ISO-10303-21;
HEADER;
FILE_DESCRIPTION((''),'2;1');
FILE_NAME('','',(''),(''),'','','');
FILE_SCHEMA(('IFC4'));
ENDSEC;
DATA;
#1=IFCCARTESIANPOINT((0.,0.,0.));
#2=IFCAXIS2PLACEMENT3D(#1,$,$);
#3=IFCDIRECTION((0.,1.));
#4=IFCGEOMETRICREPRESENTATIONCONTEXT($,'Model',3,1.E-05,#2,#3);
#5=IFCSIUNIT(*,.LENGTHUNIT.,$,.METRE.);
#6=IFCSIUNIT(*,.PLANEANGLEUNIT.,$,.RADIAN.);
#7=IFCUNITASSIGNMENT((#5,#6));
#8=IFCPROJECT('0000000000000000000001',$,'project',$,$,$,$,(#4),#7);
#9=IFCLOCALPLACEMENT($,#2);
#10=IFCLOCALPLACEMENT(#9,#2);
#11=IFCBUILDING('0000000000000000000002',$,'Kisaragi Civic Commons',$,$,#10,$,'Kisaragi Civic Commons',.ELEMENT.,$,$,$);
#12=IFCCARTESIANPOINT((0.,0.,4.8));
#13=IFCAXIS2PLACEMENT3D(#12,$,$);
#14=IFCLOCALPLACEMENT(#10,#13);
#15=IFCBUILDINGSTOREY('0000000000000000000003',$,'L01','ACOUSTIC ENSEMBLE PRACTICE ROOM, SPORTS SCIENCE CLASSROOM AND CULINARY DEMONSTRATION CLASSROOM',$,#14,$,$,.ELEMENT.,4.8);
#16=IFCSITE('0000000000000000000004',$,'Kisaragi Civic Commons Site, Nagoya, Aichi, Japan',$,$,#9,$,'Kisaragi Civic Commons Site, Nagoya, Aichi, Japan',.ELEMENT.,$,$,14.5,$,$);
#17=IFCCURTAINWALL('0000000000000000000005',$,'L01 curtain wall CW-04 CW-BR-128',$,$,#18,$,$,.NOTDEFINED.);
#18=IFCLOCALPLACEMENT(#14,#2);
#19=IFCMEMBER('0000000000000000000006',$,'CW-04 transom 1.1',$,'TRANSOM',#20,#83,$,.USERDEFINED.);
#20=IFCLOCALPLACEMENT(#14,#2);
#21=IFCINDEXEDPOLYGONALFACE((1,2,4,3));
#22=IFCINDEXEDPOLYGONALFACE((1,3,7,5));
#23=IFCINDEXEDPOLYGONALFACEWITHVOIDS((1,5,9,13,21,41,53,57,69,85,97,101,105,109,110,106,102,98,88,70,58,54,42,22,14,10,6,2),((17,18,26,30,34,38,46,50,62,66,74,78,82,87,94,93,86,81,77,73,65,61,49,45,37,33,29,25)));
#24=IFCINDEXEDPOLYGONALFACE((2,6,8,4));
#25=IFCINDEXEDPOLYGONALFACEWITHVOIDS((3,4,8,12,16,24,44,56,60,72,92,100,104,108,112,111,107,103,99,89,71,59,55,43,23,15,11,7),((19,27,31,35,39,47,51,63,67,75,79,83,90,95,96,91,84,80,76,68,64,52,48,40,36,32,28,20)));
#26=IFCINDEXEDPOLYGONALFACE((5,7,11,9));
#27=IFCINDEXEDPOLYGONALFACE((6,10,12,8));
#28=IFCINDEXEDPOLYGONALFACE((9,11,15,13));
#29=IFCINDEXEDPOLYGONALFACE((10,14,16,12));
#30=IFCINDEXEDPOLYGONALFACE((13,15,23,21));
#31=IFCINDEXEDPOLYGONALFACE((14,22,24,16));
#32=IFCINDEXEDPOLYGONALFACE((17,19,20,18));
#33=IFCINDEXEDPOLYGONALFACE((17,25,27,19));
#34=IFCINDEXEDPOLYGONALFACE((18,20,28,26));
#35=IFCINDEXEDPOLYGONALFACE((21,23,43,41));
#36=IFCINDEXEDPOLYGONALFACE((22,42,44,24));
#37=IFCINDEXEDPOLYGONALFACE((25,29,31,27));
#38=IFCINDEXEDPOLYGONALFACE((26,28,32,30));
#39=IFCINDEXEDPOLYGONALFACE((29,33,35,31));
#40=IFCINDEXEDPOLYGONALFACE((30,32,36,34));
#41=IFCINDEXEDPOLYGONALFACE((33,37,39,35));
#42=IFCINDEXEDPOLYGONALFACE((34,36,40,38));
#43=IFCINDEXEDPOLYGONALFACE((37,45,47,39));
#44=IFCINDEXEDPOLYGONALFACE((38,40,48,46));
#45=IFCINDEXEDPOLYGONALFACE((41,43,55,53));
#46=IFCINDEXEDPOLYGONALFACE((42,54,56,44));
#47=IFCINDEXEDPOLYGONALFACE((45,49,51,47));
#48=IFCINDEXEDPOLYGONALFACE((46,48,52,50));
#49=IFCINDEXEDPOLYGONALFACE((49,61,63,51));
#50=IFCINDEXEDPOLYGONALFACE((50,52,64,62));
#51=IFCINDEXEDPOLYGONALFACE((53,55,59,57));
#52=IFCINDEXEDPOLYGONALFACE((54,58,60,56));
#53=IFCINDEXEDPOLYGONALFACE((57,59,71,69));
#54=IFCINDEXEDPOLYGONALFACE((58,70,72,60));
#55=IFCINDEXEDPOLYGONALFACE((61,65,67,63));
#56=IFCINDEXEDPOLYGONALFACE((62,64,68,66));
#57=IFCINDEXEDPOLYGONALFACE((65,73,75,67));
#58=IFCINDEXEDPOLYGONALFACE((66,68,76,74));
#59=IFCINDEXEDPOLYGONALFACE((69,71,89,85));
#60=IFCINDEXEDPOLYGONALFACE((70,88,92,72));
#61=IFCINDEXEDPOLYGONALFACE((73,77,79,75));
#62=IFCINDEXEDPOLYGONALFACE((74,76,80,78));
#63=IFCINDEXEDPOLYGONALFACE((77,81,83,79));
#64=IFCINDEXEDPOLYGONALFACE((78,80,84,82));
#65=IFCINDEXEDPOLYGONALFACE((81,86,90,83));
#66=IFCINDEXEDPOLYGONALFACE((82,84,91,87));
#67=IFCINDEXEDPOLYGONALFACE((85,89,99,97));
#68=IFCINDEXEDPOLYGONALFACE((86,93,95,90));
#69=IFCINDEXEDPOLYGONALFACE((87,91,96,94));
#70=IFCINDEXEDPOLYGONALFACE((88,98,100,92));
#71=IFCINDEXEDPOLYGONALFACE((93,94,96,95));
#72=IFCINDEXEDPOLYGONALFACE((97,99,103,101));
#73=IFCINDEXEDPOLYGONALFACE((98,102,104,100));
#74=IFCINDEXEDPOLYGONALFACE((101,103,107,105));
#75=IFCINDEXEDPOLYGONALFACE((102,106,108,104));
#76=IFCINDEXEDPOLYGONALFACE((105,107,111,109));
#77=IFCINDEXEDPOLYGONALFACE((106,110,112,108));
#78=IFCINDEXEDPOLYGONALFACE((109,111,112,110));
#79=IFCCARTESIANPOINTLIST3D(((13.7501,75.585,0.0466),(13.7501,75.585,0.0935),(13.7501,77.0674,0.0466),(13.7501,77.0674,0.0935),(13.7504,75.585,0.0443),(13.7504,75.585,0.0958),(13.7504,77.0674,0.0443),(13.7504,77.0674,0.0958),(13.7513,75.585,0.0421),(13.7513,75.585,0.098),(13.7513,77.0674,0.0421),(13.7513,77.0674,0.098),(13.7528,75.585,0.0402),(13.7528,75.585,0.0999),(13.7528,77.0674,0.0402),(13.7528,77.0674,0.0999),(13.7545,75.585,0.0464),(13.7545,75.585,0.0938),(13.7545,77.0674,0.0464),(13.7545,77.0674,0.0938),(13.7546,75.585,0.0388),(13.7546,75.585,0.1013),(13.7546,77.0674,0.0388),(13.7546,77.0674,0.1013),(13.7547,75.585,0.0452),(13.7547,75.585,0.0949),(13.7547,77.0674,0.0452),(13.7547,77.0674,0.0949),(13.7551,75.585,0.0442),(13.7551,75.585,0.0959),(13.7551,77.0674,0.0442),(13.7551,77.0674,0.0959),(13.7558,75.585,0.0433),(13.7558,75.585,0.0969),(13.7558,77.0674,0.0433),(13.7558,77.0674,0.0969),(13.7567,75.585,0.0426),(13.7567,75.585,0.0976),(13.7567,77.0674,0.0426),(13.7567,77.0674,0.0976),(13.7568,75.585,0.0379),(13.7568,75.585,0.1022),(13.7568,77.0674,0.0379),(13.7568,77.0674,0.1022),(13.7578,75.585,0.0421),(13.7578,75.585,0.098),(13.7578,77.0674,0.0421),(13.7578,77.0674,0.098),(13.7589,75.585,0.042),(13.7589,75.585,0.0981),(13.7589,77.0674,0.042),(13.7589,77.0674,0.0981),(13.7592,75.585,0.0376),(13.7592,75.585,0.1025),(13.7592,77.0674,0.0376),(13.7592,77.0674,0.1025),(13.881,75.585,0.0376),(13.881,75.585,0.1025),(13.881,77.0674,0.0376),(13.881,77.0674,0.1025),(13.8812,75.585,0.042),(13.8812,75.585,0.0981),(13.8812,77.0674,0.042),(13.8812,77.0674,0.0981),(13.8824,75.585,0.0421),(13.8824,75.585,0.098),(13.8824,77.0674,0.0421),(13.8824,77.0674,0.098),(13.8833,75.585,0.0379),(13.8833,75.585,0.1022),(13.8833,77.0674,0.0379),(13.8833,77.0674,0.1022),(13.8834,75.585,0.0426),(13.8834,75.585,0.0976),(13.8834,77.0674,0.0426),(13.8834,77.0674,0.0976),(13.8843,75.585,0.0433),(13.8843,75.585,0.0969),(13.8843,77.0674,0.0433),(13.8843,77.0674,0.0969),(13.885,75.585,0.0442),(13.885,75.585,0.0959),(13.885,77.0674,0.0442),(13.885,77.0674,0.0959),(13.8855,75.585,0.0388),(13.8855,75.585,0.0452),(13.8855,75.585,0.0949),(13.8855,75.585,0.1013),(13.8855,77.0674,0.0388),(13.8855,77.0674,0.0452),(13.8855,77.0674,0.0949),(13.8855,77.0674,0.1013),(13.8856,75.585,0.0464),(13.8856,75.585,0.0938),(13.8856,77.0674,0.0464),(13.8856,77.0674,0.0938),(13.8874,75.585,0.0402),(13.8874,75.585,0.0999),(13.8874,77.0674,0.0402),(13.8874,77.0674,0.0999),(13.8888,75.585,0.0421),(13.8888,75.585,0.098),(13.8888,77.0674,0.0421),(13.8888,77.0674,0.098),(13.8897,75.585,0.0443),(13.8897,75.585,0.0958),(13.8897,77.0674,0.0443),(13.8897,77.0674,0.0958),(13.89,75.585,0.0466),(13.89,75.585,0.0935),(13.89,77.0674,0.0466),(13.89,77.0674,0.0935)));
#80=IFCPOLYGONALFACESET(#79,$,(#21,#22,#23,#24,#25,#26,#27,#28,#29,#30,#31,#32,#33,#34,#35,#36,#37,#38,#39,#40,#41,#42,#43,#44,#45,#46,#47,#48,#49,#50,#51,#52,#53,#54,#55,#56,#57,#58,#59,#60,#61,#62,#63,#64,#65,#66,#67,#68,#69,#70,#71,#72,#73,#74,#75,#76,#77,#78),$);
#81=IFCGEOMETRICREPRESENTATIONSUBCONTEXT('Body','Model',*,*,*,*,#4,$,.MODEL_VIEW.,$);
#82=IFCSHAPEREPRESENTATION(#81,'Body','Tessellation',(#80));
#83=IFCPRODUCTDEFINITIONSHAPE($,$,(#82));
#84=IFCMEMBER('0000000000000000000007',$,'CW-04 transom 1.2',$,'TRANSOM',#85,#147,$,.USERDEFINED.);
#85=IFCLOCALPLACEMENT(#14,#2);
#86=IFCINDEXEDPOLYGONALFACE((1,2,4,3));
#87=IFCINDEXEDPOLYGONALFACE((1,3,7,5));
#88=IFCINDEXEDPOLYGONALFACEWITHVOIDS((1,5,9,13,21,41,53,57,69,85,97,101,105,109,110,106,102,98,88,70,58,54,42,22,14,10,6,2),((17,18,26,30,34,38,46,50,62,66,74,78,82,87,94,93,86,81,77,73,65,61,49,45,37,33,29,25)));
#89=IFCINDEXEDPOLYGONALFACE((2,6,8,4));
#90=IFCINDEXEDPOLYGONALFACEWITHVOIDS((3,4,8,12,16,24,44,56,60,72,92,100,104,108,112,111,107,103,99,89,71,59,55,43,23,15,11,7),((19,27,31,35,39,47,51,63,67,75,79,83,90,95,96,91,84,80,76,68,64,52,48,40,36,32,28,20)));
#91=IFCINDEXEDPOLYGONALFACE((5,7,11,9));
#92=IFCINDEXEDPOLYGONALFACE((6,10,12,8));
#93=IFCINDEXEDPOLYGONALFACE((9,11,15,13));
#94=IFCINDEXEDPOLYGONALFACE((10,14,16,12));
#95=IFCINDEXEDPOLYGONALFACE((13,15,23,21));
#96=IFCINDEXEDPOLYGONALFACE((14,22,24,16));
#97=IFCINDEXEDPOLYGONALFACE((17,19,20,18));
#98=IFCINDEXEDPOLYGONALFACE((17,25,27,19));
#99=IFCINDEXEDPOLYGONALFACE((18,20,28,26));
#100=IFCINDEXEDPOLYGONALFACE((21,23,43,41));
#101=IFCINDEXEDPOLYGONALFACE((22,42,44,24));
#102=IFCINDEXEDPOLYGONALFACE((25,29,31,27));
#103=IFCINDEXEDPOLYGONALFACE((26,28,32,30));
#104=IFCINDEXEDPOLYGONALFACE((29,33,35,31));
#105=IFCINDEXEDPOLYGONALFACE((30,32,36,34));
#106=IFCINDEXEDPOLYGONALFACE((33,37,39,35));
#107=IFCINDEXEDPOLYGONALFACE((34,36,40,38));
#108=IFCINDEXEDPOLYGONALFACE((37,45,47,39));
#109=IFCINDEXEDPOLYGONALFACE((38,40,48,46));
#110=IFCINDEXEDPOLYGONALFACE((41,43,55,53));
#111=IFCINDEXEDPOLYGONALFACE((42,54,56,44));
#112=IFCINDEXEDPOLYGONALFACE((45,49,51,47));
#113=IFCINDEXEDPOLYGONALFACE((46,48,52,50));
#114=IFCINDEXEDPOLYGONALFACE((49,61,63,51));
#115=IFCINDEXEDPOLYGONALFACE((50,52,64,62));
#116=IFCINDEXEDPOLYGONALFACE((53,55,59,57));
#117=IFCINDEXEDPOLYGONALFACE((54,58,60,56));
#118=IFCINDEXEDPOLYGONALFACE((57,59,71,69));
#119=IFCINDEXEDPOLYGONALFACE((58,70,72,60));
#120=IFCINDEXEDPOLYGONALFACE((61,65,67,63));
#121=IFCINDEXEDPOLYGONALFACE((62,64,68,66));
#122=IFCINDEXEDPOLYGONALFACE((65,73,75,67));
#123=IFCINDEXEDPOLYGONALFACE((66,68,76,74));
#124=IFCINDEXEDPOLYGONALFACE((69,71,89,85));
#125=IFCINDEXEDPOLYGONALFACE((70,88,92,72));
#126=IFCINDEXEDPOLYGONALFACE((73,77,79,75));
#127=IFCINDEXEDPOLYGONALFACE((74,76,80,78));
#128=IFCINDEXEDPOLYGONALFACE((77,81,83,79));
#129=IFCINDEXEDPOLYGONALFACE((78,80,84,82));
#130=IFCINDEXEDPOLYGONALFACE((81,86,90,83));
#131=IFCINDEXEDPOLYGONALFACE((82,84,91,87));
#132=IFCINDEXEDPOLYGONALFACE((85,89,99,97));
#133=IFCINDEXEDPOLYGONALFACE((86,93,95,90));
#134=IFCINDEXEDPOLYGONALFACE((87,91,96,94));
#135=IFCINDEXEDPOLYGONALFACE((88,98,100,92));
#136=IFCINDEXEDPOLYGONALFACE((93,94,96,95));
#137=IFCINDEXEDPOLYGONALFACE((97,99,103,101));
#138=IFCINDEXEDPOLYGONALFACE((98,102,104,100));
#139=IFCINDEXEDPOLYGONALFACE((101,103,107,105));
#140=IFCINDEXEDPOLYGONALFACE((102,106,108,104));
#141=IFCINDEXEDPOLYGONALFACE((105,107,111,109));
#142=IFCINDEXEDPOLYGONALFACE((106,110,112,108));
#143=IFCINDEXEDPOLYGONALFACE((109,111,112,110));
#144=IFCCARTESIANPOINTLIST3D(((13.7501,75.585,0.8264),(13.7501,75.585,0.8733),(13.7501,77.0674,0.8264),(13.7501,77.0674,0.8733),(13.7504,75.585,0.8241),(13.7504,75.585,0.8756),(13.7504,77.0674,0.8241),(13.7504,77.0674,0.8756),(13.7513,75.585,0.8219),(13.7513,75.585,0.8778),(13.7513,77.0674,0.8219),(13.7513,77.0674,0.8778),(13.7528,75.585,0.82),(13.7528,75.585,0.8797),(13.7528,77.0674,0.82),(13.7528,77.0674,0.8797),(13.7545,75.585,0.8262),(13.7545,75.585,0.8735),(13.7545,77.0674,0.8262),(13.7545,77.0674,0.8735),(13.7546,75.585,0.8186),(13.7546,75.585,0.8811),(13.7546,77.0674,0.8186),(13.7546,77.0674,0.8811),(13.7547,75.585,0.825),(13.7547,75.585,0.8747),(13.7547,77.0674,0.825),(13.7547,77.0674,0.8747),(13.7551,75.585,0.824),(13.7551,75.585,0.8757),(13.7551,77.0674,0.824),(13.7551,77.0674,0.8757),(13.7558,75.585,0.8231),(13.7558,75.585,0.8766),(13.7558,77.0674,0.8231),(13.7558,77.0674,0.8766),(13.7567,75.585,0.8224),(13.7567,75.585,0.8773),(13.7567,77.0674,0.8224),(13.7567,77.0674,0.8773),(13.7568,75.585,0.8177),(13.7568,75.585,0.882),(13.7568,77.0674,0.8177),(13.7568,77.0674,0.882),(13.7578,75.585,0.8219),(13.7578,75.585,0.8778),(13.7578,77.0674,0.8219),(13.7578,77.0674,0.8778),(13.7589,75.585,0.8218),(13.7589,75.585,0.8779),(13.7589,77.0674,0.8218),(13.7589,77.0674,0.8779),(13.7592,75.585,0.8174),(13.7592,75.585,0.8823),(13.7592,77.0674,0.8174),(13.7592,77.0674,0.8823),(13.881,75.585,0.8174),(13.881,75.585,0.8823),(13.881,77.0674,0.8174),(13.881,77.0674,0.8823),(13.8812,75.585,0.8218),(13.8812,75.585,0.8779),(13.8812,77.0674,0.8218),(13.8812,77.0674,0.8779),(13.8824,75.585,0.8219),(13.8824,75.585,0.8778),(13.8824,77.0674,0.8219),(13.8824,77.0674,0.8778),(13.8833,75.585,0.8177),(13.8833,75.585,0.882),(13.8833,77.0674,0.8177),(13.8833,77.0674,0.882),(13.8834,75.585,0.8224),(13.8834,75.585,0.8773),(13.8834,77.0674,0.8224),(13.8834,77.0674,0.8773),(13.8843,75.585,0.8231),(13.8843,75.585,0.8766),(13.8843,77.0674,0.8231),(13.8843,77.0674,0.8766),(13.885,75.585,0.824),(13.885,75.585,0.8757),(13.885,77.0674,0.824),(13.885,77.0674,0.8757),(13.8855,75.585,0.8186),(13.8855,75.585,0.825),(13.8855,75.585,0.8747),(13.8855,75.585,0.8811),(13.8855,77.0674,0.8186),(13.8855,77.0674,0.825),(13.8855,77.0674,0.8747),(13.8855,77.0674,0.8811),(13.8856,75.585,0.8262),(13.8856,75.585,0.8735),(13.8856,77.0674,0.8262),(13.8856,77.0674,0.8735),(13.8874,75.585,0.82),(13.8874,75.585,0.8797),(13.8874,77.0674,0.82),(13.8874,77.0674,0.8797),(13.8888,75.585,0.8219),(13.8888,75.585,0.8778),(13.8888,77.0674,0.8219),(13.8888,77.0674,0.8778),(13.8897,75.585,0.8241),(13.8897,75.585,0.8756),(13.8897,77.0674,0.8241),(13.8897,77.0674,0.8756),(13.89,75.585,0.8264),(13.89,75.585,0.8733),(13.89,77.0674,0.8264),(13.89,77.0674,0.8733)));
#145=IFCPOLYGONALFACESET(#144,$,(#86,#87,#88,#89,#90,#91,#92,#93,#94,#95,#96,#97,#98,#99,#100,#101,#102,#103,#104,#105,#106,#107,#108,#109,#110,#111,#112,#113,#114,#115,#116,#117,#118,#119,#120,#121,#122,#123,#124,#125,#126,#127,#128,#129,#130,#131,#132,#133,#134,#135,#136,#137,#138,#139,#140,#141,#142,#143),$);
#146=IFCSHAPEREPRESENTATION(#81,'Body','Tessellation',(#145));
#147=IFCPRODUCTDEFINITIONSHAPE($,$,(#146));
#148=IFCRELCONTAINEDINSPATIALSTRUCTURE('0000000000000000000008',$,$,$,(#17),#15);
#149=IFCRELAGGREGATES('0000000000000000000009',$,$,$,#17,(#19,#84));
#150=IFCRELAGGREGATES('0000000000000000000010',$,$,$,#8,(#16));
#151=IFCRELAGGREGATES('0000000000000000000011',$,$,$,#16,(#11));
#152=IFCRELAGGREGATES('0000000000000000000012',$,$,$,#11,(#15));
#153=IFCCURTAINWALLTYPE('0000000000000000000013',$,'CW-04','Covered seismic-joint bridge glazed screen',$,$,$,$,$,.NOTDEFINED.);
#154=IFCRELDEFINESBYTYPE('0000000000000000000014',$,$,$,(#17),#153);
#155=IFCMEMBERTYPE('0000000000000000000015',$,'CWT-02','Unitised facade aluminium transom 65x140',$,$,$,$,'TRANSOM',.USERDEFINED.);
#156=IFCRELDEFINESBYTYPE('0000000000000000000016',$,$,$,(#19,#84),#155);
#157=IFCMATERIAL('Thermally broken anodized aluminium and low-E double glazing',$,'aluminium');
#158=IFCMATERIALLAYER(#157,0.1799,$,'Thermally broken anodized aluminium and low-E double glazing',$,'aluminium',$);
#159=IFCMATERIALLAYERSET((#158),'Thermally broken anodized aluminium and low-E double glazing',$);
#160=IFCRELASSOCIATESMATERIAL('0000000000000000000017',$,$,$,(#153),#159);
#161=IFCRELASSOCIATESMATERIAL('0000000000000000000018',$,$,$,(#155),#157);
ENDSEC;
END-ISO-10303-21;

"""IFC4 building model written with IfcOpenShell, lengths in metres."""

from ifc_helpers import new_model, si_unit, direction, frame, origin, origin_2d, place, context, subcontext, project, spatial, hollow_rectangle, extrude, material, layer, layer_set, material_profile, profile_set, type_object, element, aggregate, save


model = new_model("IFC4")

# Units and contexts
model_context = context("Model", 3, precision=1e-05, world=origin(), true_north=direction((0.0, 1.0)))
body_context = subcontext(model_context, "Body", "Model", "MODEL_VIEW")
ifc_project = project(units=[si_unit("LENGTHUNIT", "METRE"), si_unit("PLANEANGLEUNIT", "RADIAN")], contexts=[model_context])

# Site, building, storey
site_placement = place(None, origin())
site = spatial("IfcSite", under=ifc_project, at=site_placement, Name="Kisaragi Civic Commons Site, Nagoya, Aichi, Japan", LongName="Kisaragi Civic Commons Site, Nagoya, Aichi, Japan", CompositionType="ELEMENT", RefElevation=14.5)
building_placement = place(site_placement, origin())
building = spatial("IfcBuilding", under=site, at=building_placement, Name="Kisaragi Civic Commons", LongName="Kisaragi Civic Commons", CompositionType="ELEMENT")
storey_placement = place(building_placement, frame((0.0, 0.0, 4.8)))
storey = spatial("IfcBuildingStorey", under=building, at=storey_placement, Name="L01", Description="ACOUSTIC ENSEMBLE PRACTICE ROOM, SPORTS SCIENCE CLASSROOM AND CULINARY DEMONSTRATION CLASSROOM", CompositionType="ELEMENT", Elevation=4.8)

# Curtain wall
ifc_material_1 = material(Name="Thermally broken anodized aluminium and low-E double glazing", Category="aluminium")
ifc_layer_1 = layer(ifc_material_1, 0.1799, Name="Thermally broken anodized aluminium and low-E double glazing", Category="aluminium")
ifc_layer_set_1 = layer_set([ifc_layer_1], Name="Thermally broken anodized aluminium and low-E double glazing")
curtain_wall_type = type_object("IfcCurtainWallType", Name="CW-04", Description="Covered seismic-joint bridge glazed screen", PredefinedType="NOTDEFINED", material=ifc_layer_set_1)
curtain_wall_1_placement = place(storey_placement, origin())
curtain_wall_1 = element("IfcCurtainWall", 1, at=curtain_wall_1_placement, inside=storey, type_object=curtain_wall_type, Name="L01 curtain wall CW-04 CW-BR-128", PredefinedType="NOTDEFINED")

# Members
ifc_material_profile_1 = material_profile(ifc_material_1, hollow_rectangle(XDim=0.1399, YDim=0.0649, WallThickness=0.0044, InnerFilletRadius=0.0044, OuterFilletRadius=0.009, at=origin_2d()), Name="CWT-65x140x4.5", Category="aluminium")
ifc_profile_set_1 = profile_set([ifc_material_profile_1], Name="Thermally broken anodized aluminium and low-E double glazing")
member_type_1 = type_object("IfcMemberType", Name="CWT-02", Description="Unitised facade aluminium transom 65x140", ElementType="TRANSOM", PredefinedType="USERDEFINED", material=ifc_profile_set_1)
member_1_placement = place(storey_placement, frame((13.8201, 75.585, 0.0701), z_axis=(0.0, 1.0, 0.0), x_axis=(-1.0, 0.0, 0.0)))
member_1 = element("IfcMember", 2, at=member_1_placement, type_object=member_type_1, Name="CW-04 transom 1.1", ObjectType="TRANSOM", PredefinedType="USERDEFINED", context=body_context, shape_type="SweptSolid", body=[
    extrude(hollow_rectangle(XDim=0.1399, YDim=0.0649, WallThickness=0.0044, InnerFilletRadius=0.0044, OuterFilletRadius=0.009, at=origin_2d()), origin(), (0.0, 0.0, 1.0), 1.4824),
])
member_2_placement = place(storey_placement, frame((13.8201, 75.585, 0.8499), z_axis=(0.0, 1.0, 0.0), x_axis=(-1.0, 0.0, 0.0)))
member_2 = element("IfcMember", 3, at=member_2_placement, type_object=member_type_1, Name="CW-04 transom 1.2", ObjectType="TRANSOM", PredefinedType="USERDEFINED", context=body_context, shape_type="SweptSolid", body=[
    extrude(hollow_rectangle(XDim=0.1399, YDim=0.0649, WallThickness=0.0044, InnerFilletRadius=0.0044, OuterFilletRadius=0.009, at=origin_2d()), origin(), (0.0, 0.0, 1.0), 1.4824),
])

aggregate(curtain_wall_1, [member_1, member_2])

save(model, "model.ifc")
